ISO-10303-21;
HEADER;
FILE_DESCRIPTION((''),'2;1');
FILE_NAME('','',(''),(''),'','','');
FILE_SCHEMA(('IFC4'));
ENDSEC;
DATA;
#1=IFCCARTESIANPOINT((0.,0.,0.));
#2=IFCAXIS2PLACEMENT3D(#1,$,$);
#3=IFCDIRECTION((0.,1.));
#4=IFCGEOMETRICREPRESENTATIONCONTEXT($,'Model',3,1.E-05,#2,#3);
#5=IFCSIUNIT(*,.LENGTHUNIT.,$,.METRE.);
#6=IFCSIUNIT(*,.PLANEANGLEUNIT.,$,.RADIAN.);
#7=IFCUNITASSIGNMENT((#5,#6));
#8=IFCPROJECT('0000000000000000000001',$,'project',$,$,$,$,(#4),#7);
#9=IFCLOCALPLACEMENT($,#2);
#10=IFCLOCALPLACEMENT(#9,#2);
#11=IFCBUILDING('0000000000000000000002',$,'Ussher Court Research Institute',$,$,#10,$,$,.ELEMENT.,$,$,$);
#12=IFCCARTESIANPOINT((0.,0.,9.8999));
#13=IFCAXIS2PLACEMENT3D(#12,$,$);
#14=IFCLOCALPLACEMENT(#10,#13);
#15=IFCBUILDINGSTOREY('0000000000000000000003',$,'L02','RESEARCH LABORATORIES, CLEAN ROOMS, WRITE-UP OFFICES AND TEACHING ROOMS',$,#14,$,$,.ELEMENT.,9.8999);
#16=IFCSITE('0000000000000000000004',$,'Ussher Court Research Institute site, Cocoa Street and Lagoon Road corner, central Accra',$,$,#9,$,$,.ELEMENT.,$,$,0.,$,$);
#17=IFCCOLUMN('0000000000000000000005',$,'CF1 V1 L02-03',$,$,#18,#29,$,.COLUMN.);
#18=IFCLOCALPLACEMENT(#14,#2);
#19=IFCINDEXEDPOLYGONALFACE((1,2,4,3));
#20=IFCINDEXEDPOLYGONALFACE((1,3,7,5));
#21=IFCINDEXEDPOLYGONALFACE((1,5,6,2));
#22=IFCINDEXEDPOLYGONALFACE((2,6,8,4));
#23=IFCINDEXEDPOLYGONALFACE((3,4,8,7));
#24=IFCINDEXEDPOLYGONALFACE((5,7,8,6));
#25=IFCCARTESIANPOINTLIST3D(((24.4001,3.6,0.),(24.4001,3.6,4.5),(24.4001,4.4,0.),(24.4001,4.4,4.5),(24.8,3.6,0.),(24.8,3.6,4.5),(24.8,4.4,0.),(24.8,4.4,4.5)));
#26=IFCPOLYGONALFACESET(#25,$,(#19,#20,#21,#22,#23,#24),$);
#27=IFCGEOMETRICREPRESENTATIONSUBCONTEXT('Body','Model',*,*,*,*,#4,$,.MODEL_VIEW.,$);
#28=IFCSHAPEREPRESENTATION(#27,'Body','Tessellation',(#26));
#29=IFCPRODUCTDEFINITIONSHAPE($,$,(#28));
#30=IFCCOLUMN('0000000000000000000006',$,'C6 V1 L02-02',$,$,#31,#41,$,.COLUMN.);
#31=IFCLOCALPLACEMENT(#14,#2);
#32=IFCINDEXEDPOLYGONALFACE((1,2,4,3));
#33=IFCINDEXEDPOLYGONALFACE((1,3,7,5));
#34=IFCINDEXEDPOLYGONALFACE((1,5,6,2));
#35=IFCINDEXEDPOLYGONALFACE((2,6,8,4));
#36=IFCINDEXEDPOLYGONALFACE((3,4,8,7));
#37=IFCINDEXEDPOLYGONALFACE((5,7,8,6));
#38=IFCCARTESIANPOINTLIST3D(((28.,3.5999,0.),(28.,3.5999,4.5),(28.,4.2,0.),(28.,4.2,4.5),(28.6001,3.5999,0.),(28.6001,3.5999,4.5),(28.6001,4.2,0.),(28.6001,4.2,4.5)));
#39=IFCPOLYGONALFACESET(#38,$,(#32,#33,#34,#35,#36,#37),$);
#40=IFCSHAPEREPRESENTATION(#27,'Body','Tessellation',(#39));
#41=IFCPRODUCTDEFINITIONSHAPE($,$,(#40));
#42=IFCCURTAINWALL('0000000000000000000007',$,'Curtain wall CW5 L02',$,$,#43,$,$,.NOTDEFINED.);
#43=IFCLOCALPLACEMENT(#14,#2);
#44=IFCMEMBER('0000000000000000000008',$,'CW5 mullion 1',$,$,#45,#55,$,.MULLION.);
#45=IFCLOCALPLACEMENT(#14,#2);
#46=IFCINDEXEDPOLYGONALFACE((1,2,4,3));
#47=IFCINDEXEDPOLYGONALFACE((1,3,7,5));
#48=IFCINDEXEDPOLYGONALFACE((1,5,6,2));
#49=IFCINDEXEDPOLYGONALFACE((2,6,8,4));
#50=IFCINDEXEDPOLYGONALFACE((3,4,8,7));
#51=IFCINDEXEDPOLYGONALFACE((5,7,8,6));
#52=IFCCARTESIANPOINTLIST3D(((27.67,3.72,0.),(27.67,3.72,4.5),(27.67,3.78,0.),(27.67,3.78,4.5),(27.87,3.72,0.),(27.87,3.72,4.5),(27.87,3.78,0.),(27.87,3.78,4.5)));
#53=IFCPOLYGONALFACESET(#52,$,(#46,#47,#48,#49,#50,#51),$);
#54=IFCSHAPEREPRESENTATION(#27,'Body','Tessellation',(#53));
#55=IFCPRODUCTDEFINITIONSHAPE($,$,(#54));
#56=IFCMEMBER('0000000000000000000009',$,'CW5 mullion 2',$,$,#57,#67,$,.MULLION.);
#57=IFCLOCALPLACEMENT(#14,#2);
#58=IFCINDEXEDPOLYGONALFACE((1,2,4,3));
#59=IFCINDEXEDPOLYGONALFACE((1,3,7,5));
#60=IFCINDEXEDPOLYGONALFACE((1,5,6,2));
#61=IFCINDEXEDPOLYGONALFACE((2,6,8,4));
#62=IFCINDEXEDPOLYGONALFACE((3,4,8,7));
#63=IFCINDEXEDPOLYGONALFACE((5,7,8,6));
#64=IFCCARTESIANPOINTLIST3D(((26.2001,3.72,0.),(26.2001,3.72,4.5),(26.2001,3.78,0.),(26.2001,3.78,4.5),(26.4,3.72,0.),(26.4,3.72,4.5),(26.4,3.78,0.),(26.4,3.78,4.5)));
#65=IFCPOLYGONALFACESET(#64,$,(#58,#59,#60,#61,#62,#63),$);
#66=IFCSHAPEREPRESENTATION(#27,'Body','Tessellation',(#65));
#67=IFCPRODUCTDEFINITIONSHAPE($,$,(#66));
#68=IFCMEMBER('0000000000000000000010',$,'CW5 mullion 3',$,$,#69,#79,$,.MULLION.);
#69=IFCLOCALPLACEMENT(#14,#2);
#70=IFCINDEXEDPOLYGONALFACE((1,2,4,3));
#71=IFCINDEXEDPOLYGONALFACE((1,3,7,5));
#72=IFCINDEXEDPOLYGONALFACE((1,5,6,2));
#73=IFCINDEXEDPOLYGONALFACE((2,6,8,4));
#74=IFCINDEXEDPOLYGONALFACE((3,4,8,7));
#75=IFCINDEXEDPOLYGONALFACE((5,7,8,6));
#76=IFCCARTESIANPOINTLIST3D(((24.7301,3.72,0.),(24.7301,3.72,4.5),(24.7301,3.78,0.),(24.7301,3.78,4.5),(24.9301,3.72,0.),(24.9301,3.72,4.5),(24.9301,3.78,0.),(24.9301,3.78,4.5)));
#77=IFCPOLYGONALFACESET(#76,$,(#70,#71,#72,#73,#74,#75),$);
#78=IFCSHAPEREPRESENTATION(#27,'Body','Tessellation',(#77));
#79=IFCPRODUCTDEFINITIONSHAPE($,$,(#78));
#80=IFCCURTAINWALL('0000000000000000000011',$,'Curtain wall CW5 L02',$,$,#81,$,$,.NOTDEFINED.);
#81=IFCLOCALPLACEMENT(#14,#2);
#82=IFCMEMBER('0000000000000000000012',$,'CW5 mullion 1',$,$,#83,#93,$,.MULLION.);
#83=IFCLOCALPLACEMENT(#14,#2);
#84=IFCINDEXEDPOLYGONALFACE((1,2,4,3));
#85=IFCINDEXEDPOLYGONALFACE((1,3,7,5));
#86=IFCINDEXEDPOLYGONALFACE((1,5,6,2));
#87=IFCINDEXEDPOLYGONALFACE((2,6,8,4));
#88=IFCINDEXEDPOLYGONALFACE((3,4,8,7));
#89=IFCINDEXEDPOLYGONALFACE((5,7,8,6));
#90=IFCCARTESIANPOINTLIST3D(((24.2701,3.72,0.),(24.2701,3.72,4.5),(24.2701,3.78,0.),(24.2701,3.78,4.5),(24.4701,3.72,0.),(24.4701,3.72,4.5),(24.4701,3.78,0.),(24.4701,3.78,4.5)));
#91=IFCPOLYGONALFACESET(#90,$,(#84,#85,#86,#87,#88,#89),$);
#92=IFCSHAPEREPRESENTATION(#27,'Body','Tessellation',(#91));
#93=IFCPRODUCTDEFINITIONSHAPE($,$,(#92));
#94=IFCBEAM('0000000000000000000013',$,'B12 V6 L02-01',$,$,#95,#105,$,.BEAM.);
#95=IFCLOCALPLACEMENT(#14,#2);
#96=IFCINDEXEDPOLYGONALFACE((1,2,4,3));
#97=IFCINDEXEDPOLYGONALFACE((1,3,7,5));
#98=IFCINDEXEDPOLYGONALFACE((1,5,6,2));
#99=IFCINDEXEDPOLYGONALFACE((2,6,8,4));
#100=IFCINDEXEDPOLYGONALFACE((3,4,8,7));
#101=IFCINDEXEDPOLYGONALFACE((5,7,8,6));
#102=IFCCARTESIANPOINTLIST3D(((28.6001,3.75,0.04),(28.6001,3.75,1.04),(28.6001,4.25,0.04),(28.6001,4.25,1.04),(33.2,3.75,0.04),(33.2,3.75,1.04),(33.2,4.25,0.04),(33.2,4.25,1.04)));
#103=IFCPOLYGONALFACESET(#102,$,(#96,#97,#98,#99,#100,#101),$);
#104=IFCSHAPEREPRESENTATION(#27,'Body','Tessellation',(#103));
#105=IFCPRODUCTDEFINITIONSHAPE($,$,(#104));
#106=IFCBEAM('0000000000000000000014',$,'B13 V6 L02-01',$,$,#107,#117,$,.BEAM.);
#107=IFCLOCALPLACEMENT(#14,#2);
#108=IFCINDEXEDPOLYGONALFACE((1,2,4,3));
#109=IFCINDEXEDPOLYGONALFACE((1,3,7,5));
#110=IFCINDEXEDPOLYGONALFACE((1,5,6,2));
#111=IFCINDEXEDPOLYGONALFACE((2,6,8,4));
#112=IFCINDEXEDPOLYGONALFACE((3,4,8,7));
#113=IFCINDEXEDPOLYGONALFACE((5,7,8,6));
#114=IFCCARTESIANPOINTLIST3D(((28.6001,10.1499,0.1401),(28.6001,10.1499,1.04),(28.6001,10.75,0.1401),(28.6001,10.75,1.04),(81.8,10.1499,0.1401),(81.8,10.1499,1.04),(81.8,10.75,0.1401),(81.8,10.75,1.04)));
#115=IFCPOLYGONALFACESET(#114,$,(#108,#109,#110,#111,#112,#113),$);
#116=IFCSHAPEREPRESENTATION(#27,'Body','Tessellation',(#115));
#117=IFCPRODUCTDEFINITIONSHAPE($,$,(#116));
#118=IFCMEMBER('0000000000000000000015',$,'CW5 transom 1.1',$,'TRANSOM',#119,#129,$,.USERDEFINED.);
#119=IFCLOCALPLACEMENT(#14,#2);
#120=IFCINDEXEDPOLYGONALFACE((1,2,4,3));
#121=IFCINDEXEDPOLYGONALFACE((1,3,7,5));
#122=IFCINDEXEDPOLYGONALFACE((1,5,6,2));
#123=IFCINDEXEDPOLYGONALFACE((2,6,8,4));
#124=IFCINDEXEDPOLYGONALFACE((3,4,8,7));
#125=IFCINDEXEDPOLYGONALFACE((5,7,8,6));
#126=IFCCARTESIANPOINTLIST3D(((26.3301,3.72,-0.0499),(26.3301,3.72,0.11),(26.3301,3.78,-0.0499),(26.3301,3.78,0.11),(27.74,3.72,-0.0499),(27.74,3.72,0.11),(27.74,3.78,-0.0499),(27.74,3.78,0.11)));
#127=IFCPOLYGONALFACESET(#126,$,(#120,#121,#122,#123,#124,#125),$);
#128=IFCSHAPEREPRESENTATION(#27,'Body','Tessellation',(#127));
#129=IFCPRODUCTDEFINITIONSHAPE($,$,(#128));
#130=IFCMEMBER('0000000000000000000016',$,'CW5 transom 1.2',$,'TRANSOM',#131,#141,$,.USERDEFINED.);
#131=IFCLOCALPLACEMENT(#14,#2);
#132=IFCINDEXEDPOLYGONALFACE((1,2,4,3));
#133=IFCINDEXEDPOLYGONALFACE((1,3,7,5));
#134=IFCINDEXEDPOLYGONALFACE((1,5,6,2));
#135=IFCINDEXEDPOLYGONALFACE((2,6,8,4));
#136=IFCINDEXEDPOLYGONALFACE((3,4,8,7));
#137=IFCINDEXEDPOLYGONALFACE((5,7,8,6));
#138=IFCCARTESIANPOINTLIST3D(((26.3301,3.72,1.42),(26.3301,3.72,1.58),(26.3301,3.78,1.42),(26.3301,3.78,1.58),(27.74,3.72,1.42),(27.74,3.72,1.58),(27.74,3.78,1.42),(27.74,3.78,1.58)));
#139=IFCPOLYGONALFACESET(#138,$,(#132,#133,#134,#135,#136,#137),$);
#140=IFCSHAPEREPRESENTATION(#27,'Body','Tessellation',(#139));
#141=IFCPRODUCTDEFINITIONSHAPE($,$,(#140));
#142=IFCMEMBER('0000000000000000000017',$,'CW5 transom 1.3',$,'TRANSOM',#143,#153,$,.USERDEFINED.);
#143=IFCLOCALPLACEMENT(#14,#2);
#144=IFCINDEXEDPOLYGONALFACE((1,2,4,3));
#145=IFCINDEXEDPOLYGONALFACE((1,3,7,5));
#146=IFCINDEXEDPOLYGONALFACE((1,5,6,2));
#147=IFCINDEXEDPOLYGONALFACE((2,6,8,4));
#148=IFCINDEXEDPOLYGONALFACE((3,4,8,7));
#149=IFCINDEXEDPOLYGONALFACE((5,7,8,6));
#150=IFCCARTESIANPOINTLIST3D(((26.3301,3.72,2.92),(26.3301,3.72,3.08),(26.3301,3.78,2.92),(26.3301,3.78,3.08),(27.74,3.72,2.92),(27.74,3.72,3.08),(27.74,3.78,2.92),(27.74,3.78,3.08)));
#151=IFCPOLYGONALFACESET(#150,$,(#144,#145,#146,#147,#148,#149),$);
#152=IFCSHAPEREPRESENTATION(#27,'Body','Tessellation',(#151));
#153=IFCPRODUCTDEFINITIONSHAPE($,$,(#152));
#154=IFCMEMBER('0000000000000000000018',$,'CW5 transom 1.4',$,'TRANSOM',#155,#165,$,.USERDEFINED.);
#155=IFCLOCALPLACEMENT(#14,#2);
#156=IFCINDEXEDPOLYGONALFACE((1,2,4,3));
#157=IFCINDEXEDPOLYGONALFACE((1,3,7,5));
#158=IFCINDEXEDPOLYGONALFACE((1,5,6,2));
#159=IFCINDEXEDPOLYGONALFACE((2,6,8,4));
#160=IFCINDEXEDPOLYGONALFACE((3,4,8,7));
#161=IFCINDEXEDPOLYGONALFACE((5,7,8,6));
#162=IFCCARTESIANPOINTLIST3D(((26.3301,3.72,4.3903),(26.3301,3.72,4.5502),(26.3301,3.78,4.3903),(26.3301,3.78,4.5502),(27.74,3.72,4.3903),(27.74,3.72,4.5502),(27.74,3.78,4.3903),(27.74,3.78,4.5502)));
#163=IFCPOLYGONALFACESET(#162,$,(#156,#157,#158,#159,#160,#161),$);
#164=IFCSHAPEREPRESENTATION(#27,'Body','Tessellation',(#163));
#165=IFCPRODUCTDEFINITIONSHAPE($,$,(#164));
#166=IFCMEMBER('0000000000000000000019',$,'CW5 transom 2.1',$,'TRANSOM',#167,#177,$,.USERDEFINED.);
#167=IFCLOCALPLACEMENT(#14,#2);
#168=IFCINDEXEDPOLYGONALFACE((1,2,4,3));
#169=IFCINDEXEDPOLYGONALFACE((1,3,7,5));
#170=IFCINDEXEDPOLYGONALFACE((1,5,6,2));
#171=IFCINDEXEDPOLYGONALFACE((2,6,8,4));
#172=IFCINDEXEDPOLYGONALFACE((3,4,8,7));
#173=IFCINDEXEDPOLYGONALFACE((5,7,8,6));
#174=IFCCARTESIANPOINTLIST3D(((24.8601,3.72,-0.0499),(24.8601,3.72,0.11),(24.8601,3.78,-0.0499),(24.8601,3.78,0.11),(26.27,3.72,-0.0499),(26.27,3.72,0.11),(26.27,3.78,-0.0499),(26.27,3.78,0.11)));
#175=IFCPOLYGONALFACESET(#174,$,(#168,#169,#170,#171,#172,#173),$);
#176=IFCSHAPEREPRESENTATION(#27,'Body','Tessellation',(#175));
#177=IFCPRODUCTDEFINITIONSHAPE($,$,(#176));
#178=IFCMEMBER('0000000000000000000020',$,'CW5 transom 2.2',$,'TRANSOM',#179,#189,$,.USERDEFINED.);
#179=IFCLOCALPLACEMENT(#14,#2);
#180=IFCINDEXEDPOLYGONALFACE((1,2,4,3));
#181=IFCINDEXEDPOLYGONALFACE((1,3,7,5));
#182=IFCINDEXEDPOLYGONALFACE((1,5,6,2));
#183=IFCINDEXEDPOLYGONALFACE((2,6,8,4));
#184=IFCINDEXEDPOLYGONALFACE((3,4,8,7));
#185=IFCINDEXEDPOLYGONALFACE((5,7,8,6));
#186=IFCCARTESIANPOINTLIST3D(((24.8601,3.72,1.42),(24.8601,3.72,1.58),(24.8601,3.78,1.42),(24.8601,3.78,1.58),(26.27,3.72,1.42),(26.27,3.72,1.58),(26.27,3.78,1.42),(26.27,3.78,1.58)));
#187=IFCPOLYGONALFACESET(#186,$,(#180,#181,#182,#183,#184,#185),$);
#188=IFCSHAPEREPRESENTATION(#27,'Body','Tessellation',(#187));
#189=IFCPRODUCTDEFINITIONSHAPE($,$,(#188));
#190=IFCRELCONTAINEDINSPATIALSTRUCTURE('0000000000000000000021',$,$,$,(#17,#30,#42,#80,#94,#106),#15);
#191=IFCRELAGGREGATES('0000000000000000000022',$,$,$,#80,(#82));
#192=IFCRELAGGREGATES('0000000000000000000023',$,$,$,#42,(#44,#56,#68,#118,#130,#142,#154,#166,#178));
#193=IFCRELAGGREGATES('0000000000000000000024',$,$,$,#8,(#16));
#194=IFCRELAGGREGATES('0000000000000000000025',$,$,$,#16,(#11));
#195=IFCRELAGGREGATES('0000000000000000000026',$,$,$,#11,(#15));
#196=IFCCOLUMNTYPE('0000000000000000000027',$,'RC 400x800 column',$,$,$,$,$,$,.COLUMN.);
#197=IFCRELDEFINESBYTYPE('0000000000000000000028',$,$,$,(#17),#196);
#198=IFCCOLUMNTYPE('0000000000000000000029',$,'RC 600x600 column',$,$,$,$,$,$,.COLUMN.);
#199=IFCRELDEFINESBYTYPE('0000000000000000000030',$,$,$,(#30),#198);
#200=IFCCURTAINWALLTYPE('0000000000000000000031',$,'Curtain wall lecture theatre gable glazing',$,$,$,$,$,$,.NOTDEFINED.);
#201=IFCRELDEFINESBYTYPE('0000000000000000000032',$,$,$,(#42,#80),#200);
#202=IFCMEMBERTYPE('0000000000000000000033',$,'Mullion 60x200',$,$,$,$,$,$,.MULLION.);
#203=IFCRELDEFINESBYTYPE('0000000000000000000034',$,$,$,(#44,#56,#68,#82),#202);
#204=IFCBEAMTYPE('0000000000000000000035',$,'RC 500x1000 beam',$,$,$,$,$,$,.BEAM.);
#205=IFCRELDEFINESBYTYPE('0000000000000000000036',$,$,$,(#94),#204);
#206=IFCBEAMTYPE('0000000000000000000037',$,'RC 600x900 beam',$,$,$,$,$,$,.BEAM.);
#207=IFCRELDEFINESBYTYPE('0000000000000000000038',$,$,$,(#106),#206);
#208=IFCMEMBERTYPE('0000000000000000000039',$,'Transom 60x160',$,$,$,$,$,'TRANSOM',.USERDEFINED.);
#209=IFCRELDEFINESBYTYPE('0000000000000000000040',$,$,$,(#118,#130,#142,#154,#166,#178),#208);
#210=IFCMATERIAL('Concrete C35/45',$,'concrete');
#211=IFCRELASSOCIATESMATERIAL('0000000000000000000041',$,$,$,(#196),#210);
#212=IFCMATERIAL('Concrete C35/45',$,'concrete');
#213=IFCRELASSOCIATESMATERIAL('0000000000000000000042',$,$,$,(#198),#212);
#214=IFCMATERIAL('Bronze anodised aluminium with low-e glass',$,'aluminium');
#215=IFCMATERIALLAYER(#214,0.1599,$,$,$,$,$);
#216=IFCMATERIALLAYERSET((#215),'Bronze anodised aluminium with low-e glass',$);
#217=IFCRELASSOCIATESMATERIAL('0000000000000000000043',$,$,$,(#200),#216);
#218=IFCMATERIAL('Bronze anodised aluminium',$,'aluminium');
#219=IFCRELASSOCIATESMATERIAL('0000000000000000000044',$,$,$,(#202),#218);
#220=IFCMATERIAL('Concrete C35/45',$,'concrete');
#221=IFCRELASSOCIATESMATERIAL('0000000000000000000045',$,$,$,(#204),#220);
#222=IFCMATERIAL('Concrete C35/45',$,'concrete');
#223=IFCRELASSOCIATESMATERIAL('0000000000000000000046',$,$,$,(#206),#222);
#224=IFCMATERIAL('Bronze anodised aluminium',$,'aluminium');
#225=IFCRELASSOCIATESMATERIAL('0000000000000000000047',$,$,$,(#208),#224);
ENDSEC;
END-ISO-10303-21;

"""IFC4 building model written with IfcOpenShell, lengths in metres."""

from ifc_helpers import new_model, si_unit, direction, frame, origin, origin_2d, place, context, subcontext, project, spatial, rectangle, extrude, material, layer, layer_set, material_profile, profile_set, type_object, element, aggregate, save


model = new_model("IFC4")

# Units and contexts
model_context = context("Model", 3, precision=1e-05, world=origin(), true_north=direction((0.0, 1.0)))
body_context = subcontext(model_context, "Body", "Model", "MODEL_VIEW")
ifc_project = project(units=[si_unit("LENGTHUNIT", "METRE"), si_unit("PLANEANGLEUNIT", "RADIAN")], contexts=[model_context])

# Site, building, storey
site_placement = place(None, origin())
site = spatial("IfcSite", under=ifc_project, at=site_placement, Name="Ussher Court Research Institute site, Cocoa Street and Lagoon Road corner, central Accra", CompositionType="ELEMENT", RefElevation=0.0)
building_placement = place(site_placement, origin())
building = spatial("IfcBuilding", under=site, at=building_placement, Name="Ussher Court Research Institute", CompositionType="ELEMENT")
storey_placement = place(building_placement, frame((0.0, 0.0, 9.8999)))
storey = spatial("IfcBuildingStorey", under=building, at=storey_placement, Name="L02", Description="RESEARCH LABORATORIES, CLEAN ROOMS, WRITE-UP OFFICES AND TEACHING ROOMS", CompositionType="ELEMENT", Elevation=9.8999)

# Columns
ifc_material_1 = material(Name="Concrete C35/45", Category="concrete")
ifc_material_profile_1 = material_profile(ifc_material_1, rectangle(XDim=0.3999, YDim=0.8, at=origin_2d()), Name="RC 400x800")
ifc_profile_set_1 = profile_set([ifc_material_profile_1], Name="Concrete C35/45")
column_type_1 = type_object("IfcColumnType", Name="RC 400x800 column", PredefinedType="COLUMN", material=ifc_profile_set_1)
column_1_placement = place(storey_placement, frame((24.6001, 4.0, 0.0), z_axis=(0.0, 0.0, 1.0), x_axis=(1.0, 0.0, 0.0)))
element("IfcColumn", 1, at=column_1_placement, inside=storey, type_object=column_type_1, Name="CF1 V1 L02-03", PredefinedType="COLUMN", context=body_context, shape_type="SweptSolid", body=[
    extrude(rectangle(XDim=0.3999, YDim=0.8, at=origin_2d()), origin(), (0.0, 0.0, 1.0), 4.5),
])
ifc_material_2 = material(Name="Concrete C35/45", Category="concrete")
ifc_material_profile_2 = material_profile(ifc_material_2, rectangle(XDim=0.6001, YDim=0.6001, at=origin_2d()), Name="RC 600x600")
ifc_profile_set_2 = profile_set([ifc_material_profile_2], Name="Concrete C35/45")
column_type_2 = type_object("IfcColumnType", Name="RC 600x600 column", PredefinedType="COLUMN", material=ifc_profile_set_2)
column_2_placement = place(storey_placement, frame((28.3, 3.8999, 0.0), z_axis=(0.0, 0.0, 1.0), x_axis=(1.0, 0.0, 0.0)))
element("IfcColumn", 2, at=column_2_placement, inside=storey, type_object=column_type_2, Name="C6 V1 L02-02", PredefinedType="COLUMN", context=body_context, shape_type="SweptSolid", body=[
    extrude(rectangle(XDim=0.6001, YDim=0.6001, at=origin_2d()), origin(), (0.0, 0.0, 1.0), 4.5),
])

# Curtain wall, members
ifc_material_3 = material(Name="Bronze anodised aluminium with low-e glass", Category="aluminium")
ifc_layer_1 = layer(ifc_material_3, 0.1599)
ifc_layer_set_1 = layer_set([ifc_layer_1], Name="Bronze anodised aluminium with low-e glass")
curtain_wall_type = type_object("IfcCurtainWallType", Name="Curtain wall lecture theatre gable glazing", PredefinedType="NOTDEFINED", material=ifc_layer_set_1)
curtain_wall_1_placement = place(storey_placement, origin())
curtain_wall_1 = element("IfcCurtainWall", 3, at=curtain_wall_1_placement, inside=storey, type_object=curtain_wall_type, Name="Curtain wall CW5 L02", PredefinedType="NOTDEFINED")
ifc_material_4 = material(Name="Bronze anodised aluminium", Category="aluminium")
ifc_material_profile_3 = material_profile(ifc_material_4, rectangle(XDim=0.0601, YDim=0.2, at=origin_2d()), Name="Mullion 60x200")
ifc_profile_set_3 = profile_set([ifc_material_profile_3], Name="Bronze anodised aluminium")
member_type_1 = type_object("IfcMemberType", Name="Mullion 60x200", PredefinedType="MULLION", material=ifc_profile_set_3)
member_1_placement = place(storey_placement, frame((27.77, 3.75, 0.0), z_axis=(0.0, 0.0, 1.0), x_axis=(0.0, -1.0, 0.0)))
member_1 = element("IfcMember", 4, at=member_1_placement, type_object=member_type_1, Name="CW5 mullion 1", PredefinedType="MULLION", context=body_context, shape_type="SweptSolid", body=[
    extrude(rectangle(XDim=0.0601, YDim=0.2, at=origin_2d()), origin(), (0.0, 0.0, 1.0), 4.5),
])
member_2_placement = place(storey_placement, frame((26.3, 3.75, 0.0), z_axis=(0.0, 0.0, 1.0), x_axis=(0.0, -1.0, 0.0)))
member_2 = element("IfcMember", 5, at=member_2_placement, type_object=member_type_1, Name="CW5 mullion 2", PredefinedType="MULLION", context=body_context, shape_type="SweptSolid", body=[
    extrude(rectangle(XDim=0.0601, YDim=0.2, at=origin_2d()), origin(), (0.0, 0.0, 1.0), 4.5),
])
member_3_placement = place(storey_placement, frame((24.8301, 3.75, 0.0), z_axis=(0.0, 0.0, 1.0), x_axis=(0.0, -1.0, 0.0)))
member_3 = element("IfcMember", 6, at=member_3_placement, type_object=member_type_1, Name="CW5 mullion 3", PredefinedType="MULLION", context=body_context, shape_type="SweptSolid", body=[
    extrude(rectangle(XDim=0.0601, YDim=0.2, at=origin_2d()), origin(), (0.0, 0.0, 1.0), 4.5),
])

# Curtain wall, member
curtain_wall_2_placement = place(storey_placement, origin())
curtain_wall_2 = element("IfcCurtainWall", 7, at=curtain_wall_2_placement, inside=storey, type_object=curtain_wall_type, Name="Curtain wall CW5 L02", PredefinedType="NOTDEFINED")
member_4_placement = place(storey_placement, frame((24.3701, 3.75, 0.0), z_axis=(0.0, 0.0, 1.0), x_axis=(0.0, -1.0, 0.0)))
member_4 = element("IfcMember", 8, at=member_4_placement, type_object=member_type_1, Name="CW5 mullion 1", PredefinedType="MULLION", context=body_context, shape_type="SweptSolid", body=[
    extrude(rectangle(XDim=0.0601, YDim=0.2, at=origin_2d()), origin(), (0.0, 0.0, 1.0), 4.5),
])

# Beams
ifc_material_5 = material(Name="Concrete C35/45", Category="concrete")
ifc_material_profile_4 = material_profile(ifc_material_5, rectangle(XDim=0.5, YDim=1.0, at=origin_2d()), Name="RC 500x1000")
ifc_profile_set_4 = profile_set([ifc_material_profile_4], Name="Concrete C35/45")
beam_type_1 = type_object("IfcBeamType", Name="RC 500x1000 beam", PredefinedType="BEAM", material=ifc_profile_set_4)
beam_1_placement = place(storey_placement, frame((28.6001, 4.0, 0.54), z_axis=(1.0, 0.0, 0.0), x_axis=(0.0, 1.0, 0.0)))
element("IfcBeam", 9, at=beam_1_placement, inside=storey, type_object=beam_type_1, Name="B12 V6 L02-01", PredefinedType="BEAM", context=body_context, shape_type="SweptSolid", body=[
    extrude(rectangle(XDim=0.5, YDim=1.0, at=origin_2d()), origin(), (0.0, 0.0, 1.0), 4.5999),
])
ifc_material_6 = material(Name="Concrete C35/45", Category="concrete")
ifc_material_profile_5 = material_profile(ifc_material_6, rectangle(XDim=0.6001, YDim=0.8999, at=origin_2d()), Name="RC 600x900")
ifc_profile_set_5 = profile_set([ifc_material_profile_5], Name="Concrete C35/45")
beam_type_2 = type_object("IfcBeamType", Name="RC 600x900 beam", PredefinedType="BEAM", material=ifc_profile_set_5)
beam_2_placement = place(storey_placement, frame((28.6001, 10.45, 0.5901), z_axis=(1.0, 0.0, 0.0), x_axis=(0.0, 1.0, 0.0)))
element("IfcBeam", 10, at=beam_2_placement, inside=storey, type_object=beam_type_2, Name="B13 V6 L02-01", PredefinedType="BEAM", context=body_context, shape_type="SweptSolid", body=[
    extrude(rectangle(XDim=0.6001, YDim=0.8999, at=origin_2d()), origin(), (0.0, 0.0, 1.0), 53.2),
])

# Members
ifc_material_7 = material(Name="Bronze anodised aluminium", Category="aluminium")
ifc_material_profile_6 = material_profile(ifc_material_7, rectangle(XDim=0.0601, YDim=0.1599, at=origin_2d()), Name="Transom 60x160")
ifc_profile_set_6 = profile_set([ifc_material_profile_6], Name="Bronze anodised aluminium")
member_type_2 = type_object("IfcMemberType", Name="Transom 60x160", ElementType="TRANSOM", PredefinedType="USERDEFINED", material=ifc_profile_set_6)
member_5_placement = place(storey_placement, frame((27.74, 3.75, 0.03), z_axis=(-1.0, 0.0, 0.0), x_axis=(0.0, -1.0, 0.0)))
member_5 = element("IfcMember", 11, at=member_5_placement, type_object=member_type_2, Name="CW5 transom 1.1", ObjectType="TRANSOM", PredefinedType="USERDEFINED", context=body_context, shape_type="SweptSolid", body=[
    extrude(rectangle(XDim=0.0601, YDim=0.1599, at=origin_2d()), origin(), (0.0, 0.0, 1.0), 1.4099),
])
member_6_placement = place(storey_placement, frame((27.74, 3.75, 1.5), z_axis=(-1.0, 0.0, 0.0), x_axis=(0.0, -1.0, 0.0)))
member_6 = element("IfcMember", 12, at=member_6_placement, type_object=member_type_2, Name="CW5 transom 1.2", ObjectType="TRANSOM", PredefinedType="USERDEFINED", context=body_context, shape_type="SweptSolid", body=[
    extrude(rectangle(XDim=0.0601, YDim=0.1599, at=origin_2d()), origin(), (0.0, 0.0, 1.0), 1.4099),
])
member_7_placement = place(storey_placement, frame((27.74, 3.75, 3.0), z_axis=(-1.0, 0.0, 0.0), x_axis=(0.0, -1.0, 0.0)))
member_7 = element("IfcMember", 13, at=member_7_placement, type_object=member_type_2, Name="CW5 transom 1.3", ObjectType="TRANSOM", PredefinedType="USERDEFINED", context=body_context, shape_type="SweptSolid", body=[
    extrude(rectangle(XDim=0.0601, YDim=0.1599, at=origin_2d()), origin(), (0.0, 0.0, 1.0), 1.4099),
])
member_8_placement = place(storey_placement, frame((27.74, 3.75, 4.4702), z_axis=(-1.0, 0.0, 0.0), x_axis=(0.0, -1.0, 0.0)))
member_8 = element("IfcMember", 14, at=member_8_placement, type_object=member_type_2, Name="CW5 transom 1.4", ObjectType="TRANSOM", PredefinedType="USERDEFINED", context=body_context, shape_type="SweptSolid", body=[
    extrude(rectangle(XDim=0.0601, YDim=0.1599, at=origin_2d()), origin(), (0.0, 0.0, 1.0), 1.4099),
])
member_9_placement = place(storey_placement, frame((26.27, 3.75, 0.03), z_axis=(-1.0, 0.0, 0.0), x_axis=(0.0, -1.0, 0.0)))
member_9 = element("IfcMember", 15, at=member_9_placement, type_object=member_type_2, Name="CW5 transom 2.1", ObjectType="TRANSOM", PredefinedType="USERDEFINED", context=body_context, shape_type="SweptSolid", body=[
    extrude(rectangle(XDim=0.0601, YDim=0.1599, at=origin_2d()), origin(), (0.0, 0.0, 1.0), 1.4099),
])
member_10_placement = place(storey_placement, frame((26.27, 3.75, 1.5), z_axis=(-1.0, 0.0, 0.0), x_axis=(0.0, -1.0, 0.0)))
member_10 = element("IfcMember", 16, at=member_10_placement, type_object=member_type_2, Name="CW5 transom 2.2", ObjectType="TRANSOM", PredefinedType="USERDEFINED", context=body_context, shape_type="SweptSolid", body=[
    extrude(rectangle(XDim=0.0601, YDim=0.1599, at=origin_2d()), origin(), (0.0, 0.0, 1.0), 1.4099),
])
aggregate(curtain_wall_2, [member_4])

aggregate(curtain_wall_1, [member_1, member_2, member_3, member_5, member_6, member_7, member_8, member_9, member_10])

save(model, "model.ifc")
